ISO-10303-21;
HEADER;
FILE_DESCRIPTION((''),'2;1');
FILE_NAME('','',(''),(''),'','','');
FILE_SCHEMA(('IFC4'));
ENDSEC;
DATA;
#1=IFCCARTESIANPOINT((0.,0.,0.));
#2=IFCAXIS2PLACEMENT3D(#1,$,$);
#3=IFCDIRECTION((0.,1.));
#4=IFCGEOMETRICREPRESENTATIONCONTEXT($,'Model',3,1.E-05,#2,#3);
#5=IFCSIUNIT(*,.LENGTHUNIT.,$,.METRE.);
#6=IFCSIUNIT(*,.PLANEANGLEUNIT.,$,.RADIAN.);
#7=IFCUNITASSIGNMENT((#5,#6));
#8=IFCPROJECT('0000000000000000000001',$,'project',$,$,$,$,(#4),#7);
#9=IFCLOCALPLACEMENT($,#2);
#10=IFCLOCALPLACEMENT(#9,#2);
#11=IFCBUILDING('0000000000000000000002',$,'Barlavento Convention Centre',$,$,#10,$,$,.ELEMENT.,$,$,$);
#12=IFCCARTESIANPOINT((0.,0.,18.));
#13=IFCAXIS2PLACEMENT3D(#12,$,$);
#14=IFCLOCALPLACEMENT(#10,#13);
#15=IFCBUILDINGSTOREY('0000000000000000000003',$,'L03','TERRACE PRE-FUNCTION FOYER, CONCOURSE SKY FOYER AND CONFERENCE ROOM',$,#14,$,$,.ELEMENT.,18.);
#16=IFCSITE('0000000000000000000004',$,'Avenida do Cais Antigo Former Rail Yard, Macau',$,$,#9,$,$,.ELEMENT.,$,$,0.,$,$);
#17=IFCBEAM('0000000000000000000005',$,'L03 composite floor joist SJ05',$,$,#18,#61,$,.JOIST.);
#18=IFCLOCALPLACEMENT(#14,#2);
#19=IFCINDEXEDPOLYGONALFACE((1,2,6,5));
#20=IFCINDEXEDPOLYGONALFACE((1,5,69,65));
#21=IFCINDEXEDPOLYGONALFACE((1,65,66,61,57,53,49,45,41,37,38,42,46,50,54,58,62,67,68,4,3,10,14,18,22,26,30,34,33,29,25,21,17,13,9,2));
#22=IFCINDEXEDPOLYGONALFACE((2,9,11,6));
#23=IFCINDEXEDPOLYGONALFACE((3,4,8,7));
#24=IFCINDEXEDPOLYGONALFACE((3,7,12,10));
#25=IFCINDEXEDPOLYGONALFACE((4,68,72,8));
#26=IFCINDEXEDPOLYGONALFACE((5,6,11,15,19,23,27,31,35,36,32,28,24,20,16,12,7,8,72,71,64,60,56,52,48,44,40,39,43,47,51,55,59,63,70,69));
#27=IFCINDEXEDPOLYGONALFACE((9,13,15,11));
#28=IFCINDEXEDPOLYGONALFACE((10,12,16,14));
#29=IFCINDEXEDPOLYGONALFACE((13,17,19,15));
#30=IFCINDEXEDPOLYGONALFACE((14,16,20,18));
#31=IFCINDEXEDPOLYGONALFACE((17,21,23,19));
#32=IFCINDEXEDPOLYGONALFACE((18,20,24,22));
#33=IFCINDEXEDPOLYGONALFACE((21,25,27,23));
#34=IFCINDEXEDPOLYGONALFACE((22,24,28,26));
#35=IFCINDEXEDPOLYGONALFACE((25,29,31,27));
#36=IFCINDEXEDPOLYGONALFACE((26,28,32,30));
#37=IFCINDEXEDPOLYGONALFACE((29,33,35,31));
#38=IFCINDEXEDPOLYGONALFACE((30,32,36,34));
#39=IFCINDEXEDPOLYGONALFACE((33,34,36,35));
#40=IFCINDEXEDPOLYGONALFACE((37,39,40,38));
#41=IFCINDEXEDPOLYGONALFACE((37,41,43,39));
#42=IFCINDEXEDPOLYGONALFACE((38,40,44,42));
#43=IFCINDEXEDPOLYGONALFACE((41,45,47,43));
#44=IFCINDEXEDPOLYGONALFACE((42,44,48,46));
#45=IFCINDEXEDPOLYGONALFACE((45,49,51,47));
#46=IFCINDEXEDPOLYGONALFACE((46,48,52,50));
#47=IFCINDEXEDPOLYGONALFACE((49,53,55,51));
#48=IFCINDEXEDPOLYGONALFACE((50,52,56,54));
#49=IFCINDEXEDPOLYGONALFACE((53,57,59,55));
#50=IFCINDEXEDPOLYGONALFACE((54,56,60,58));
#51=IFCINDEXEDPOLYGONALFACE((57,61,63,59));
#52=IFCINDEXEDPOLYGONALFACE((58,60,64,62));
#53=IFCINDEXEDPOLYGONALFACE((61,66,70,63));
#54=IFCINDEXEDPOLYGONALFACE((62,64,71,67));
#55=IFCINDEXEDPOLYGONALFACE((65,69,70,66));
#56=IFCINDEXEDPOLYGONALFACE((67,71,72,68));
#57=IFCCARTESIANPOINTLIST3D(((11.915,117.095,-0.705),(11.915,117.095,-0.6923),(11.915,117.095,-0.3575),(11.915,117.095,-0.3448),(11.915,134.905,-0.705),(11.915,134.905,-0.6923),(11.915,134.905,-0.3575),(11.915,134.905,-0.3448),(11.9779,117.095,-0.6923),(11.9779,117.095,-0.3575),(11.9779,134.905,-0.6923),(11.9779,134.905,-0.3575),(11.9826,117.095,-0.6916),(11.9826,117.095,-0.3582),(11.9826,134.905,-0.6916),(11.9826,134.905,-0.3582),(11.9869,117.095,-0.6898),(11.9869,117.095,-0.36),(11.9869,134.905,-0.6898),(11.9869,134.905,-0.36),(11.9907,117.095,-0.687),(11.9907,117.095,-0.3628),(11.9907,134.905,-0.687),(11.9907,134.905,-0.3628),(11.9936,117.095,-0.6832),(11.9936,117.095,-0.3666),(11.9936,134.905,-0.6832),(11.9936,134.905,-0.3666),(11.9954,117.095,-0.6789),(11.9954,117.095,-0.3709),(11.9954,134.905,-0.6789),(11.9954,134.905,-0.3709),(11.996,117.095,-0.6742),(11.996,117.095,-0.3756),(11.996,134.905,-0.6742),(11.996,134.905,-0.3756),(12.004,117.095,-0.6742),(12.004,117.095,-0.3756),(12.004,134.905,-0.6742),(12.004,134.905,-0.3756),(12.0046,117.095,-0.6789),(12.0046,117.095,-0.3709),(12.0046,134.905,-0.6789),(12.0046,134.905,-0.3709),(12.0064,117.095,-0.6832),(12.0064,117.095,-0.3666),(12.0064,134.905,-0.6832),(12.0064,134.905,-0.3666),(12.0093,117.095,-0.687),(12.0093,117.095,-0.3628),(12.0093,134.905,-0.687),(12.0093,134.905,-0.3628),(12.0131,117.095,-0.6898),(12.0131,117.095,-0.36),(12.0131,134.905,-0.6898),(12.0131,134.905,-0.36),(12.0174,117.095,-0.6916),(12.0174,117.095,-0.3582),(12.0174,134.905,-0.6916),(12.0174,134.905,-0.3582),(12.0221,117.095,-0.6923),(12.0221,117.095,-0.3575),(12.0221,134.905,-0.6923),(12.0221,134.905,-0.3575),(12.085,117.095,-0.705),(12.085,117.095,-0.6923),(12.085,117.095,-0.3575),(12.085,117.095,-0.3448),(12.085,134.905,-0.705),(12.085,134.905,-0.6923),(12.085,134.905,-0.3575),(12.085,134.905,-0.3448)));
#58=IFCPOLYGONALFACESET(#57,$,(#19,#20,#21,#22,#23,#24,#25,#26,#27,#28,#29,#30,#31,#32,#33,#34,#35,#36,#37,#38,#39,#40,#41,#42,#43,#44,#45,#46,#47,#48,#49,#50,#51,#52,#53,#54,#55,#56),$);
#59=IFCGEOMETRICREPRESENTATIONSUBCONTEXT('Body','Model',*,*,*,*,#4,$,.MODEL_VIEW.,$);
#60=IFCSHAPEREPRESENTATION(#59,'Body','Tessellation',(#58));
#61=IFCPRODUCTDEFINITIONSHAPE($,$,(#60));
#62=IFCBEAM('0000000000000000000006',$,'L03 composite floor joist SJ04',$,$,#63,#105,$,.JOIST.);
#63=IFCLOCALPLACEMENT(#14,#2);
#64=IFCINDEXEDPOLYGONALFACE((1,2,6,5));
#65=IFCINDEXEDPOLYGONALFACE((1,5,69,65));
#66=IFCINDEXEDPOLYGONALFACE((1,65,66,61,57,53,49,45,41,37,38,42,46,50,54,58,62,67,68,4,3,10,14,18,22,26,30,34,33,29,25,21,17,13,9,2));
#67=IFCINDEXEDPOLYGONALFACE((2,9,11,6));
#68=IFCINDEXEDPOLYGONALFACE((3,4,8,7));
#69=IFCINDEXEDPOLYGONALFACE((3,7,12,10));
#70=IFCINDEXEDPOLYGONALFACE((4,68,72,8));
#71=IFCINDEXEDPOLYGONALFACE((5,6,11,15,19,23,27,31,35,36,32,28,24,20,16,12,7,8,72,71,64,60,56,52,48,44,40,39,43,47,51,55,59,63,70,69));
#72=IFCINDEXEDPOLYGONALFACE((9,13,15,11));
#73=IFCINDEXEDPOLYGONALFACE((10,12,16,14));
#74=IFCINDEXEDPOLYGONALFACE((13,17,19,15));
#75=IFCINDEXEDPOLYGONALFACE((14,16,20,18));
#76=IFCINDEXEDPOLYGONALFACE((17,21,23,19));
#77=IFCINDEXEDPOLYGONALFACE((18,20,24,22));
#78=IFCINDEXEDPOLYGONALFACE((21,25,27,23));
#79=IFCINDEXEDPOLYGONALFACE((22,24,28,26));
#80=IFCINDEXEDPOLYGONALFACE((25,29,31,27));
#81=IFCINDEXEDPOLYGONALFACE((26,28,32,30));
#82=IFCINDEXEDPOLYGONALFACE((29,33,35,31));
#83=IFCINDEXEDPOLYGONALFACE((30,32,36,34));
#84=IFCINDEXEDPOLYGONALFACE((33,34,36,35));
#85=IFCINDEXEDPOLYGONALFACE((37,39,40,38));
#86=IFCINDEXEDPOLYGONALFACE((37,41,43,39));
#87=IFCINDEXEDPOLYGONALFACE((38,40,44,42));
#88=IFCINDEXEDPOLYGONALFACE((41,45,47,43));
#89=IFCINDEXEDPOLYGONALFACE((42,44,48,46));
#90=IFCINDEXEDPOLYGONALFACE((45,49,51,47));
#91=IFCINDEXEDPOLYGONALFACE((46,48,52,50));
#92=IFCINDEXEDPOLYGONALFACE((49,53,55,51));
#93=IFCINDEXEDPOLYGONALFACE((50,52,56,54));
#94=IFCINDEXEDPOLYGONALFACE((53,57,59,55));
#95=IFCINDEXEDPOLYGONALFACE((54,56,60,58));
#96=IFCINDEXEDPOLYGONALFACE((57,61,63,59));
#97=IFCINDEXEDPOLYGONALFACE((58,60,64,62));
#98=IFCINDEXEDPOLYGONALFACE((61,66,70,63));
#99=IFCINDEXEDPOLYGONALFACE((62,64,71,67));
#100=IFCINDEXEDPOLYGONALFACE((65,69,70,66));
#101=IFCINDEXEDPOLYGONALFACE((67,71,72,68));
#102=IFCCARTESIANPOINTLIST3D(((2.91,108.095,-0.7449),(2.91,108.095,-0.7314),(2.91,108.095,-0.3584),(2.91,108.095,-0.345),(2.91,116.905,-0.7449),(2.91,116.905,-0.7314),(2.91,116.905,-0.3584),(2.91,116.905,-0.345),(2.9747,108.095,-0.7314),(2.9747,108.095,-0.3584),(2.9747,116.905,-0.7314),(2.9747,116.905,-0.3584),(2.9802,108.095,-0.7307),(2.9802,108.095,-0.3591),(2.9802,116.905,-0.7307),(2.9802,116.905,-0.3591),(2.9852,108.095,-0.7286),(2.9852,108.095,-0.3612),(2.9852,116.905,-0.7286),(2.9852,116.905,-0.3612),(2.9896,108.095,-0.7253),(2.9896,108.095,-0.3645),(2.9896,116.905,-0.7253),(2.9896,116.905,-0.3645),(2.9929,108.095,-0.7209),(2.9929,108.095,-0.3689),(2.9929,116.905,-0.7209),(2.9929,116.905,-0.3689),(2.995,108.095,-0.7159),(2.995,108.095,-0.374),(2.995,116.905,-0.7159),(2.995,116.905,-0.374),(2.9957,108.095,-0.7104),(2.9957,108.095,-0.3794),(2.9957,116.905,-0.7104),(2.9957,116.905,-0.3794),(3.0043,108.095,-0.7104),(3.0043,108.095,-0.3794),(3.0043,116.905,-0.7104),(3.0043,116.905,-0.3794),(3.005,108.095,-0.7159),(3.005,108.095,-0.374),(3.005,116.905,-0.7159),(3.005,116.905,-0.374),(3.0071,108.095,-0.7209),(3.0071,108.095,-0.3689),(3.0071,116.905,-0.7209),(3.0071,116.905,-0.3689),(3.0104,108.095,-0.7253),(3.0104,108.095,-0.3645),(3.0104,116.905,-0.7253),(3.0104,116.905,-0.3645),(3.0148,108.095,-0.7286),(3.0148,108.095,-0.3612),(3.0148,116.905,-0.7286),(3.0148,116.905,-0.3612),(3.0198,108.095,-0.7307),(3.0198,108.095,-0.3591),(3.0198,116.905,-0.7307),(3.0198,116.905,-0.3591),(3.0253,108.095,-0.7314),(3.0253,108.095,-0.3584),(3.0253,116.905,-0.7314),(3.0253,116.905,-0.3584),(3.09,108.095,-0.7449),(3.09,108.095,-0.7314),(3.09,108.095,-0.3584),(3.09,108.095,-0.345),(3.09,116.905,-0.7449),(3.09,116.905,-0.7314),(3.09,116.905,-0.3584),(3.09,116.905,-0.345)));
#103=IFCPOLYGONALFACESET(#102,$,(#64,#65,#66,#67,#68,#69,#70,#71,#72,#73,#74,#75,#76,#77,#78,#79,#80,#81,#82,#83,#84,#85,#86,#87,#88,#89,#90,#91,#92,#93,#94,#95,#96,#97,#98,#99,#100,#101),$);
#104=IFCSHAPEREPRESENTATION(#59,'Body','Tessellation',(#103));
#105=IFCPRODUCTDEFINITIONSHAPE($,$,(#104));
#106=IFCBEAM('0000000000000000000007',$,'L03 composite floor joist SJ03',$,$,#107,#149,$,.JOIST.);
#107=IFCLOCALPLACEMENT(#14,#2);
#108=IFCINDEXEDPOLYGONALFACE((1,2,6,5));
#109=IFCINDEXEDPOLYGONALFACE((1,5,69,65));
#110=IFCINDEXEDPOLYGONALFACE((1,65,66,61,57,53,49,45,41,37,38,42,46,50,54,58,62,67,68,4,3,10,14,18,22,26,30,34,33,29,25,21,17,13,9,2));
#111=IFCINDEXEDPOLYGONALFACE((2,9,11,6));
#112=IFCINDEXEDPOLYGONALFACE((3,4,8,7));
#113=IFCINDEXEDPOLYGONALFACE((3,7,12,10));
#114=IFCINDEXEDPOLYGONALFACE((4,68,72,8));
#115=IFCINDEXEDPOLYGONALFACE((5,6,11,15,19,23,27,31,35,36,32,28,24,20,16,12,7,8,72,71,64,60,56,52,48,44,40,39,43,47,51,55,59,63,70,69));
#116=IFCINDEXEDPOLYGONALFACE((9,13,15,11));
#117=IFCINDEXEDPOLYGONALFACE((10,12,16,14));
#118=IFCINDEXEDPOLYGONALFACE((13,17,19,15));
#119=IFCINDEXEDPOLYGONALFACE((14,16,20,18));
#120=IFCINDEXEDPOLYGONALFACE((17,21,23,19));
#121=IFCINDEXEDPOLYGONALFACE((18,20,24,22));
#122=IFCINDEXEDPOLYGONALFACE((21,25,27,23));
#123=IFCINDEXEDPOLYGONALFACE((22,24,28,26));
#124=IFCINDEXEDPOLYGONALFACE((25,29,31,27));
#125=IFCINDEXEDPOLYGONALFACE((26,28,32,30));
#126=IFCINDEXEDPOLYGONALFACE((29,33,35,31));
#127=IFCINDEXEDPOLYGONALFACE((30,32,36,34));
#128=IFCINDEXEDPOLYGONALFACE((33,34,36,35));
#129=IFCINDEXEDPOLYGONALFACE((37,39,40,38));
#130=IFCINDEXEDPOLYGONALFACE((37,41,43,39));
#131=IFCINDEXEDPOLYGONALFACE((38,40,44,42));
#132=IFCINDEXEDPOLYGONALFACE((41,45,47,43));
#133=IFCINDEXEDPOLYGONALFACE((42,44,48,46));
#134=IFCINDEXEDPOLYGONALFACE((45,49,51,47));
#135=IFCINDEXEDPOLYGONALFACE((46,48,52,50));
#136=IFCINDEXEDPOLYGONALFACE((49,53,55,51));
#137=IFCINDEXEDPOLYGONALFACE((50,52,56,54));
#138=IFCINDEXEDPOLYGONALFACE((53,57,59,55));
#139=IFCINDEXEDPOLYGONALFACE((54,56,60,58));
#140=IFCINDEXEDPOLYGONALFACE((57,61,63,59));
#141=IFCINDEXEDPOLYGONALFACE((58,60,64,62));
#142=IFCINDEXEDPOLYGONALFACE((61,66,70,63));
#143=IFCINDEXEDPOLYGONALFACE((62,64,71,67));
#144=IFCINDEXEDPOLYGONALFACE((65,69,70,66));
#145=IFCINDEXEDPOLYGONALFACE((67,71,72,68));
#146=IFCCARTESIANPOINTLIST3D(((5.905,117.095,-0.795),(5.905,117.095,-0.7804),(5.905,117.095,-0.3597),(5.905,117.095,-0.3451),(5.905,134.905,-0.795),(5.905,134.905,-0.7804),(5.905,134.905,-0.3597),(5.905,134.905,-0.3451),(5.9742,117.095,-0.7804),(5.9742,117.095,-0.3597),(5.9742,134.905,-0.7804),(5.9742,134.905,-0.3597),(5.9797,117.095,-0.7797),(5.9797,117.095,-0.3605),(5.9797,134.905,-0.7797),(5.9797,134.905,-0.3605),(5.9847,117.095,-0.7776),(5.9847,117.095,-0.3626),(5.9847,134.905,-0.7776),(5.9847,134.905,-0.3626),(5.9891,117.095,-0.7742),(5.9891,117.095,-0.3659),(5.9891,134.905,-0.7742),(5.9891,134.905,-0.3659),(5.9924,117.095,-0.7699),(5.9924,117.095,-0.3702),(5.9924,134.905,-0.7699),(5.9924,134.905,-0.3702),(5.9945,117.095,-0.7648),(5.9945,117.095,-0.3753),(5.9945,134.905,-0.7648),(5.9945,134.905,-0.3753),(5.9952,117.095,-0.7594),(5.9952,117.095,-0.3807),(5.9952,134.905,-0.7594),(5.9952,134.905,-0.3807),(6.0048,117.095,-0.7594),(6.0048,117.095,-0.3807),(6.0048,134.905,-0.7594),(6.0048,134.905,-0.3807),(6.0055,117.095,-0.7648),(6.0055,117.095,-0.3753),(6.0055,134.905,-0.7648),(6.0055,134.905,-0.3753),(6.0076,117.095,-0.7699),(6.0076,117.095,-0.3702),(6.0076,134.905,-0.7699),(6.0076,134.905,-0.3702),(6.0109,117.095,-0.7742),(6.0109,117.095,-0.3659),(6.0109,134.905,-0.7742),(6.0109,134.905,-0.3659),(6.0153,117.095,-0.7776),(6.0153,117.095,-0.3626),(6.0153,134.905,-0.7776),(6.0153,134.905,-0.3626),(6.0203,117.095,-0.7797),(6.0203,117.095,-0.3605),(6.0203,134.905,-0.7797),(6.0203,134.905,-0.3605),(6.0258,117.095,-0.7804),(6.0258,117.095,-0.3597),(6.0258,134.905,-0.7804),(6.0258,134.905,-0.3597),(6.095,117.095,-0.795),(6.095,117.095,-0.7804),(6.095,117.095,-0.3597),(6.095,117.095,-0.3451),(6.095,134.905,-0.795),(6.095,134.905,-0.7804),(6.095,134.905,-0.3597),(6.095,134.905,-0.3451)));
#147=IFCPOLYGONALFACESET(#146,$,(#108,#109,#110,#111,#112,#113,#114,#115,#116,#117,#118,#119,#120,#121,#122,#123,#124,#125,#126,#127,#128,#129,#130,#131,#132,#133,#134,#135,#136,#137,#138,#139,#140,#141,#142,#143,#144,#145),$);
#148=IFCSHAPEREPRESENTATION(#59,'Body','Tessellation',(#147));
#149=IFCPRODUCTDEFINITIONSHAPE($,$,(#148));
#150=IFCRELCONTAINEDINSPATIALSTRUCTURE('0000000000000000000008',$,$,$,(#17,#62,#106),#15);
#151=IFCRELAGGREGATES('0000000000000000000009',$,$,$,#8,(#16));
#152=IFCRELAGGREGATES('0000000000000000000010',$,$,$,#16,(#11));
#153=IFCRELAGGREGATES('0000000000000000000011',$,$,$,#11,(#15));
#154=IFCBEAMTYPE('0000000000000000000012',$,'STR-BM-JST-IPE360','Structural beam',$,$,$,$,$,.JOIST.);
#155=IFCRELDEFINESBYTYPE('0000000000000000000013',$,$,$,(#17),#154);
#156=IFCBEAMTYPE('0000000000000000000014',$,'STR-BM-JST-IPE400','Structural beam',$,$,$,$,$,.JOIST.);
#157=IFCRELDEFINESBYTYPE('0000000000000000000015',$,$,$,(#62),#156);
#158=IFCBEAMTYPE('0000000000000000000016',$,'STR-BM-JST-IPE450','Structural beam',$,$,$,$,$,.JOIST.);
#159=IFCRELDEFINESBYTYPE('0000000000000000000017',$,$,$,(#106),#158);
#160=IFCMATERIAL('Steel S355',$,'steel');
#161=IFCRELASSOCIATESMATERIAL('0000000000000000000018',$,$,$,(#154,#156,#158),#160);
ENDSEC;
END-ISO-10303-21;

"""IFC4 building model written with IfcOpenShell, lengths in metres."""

from ifc_helpers import new_model, si_unit, direction, frame, origin, origin_2d, place, context, subcontext, project, spatial, i_section, extrude, material, material_profile, profile_set, type_object, element, save


model = new_model("IFC4")

# Units and contexts
model_context = context("Model", 3, precision=1e-05, world=origin(), true_north=direction((0.0, 1.0)))
body_context = subcontext(model_context, "Body", "Model", "MODEL_VIEW")
ifc_project = project(units=[si_unit("LENGTHUNIT", "METRE"), si_unit("PLANEANGLEUNIT", "RADIAN")], contexts=[model_context])

# Site, building, storey
site_placement = place(None, origin())
site = spatial("IfcSite", under=ifc_project, at=site_placement, Name="Avenida do Cais Antigo Former Rail Yard, Macau", CompositionType="ELEMENT", RefElevation=0.0)
building_placement = place(site_placement, origin())
building = spatial("IfcBuilding", under=site, at=building_placement, Name="Barlavento Convention Centre", CompositionType="ELEMENT")
storey_placement = place(building_placement, frame((0.0, 0.0, 18.0)))
storey = spatial("IfcBuildingStorey", under=building, at=storey_placement, Name="L03", Description="TERRACE PRE-FUNCTION FOYER, CONCOURSE SKY FOYER AND CONFERENCE ROOM", CompositionType="ELEMENT", Elevation=18.0)

# Beams
ifc_material_1 = material(Name="Steel S355", Category="steel")
ifc_material_profile_1 = material_profile(ifc_material_1, i_section(OverallWidth=0.1699, OverallDepth=0.3601, WebThickness=0.0081, FlangeThickness=0.0127, FilletRadius=0.0181, at=origin_2d()), Name="IPE 360")
ifc_profile_set_1 = profile_set([ifc_material_profile_1], Name="Steel S355")
beam_type_1 = type_object("IfcBeamType", Name="STR-BM-JST-IPE360", Description="Structural beam", PredefinedType="JOIST", material=ifc_profile_set_1)
beam_1_placement = place(storey_placement, frame((12.0, 117.095, -0.5249), z_axis=(0.0, 1.0, 0.0), x_axis=(-1.0, 0.0, 0.0)))
element("IfcBeam", 1, at=beam_1_placement, inside=storey, type_object=beam_type_1, Name="L03 composite floor joist SJ05", PredefinedType="JOIST", context=body_context, shape_type="SweptSolid", body=[
    extrude(i_section(OverallWidth=0.1699, OverallDepth=0.3601, WebThickness=0.0081, FlangeThickness=0.0127, FilletRadius=0.0181, at=origin_2d()), origin(), (0.0, 0.0, 1.0), 17.8101),
])
ifc_material_profile_2 = material_profile(ifc_material_1, i_section(OverallWidth=0.1799, OverallDepth=0.3999, WebThickness=0.0085, FlangeThickness=0.0134, FilletRadius=0.021, at=origin_2d()), Name="IPE 400")
ifc_profile_set_2 = profile_set([ifc_material_profile_2], Name="Steel S355")
beam_type_2 = type_object("IfcBeamType", Name="STR-BM-JST-IPE400", Description="Structural beam", PredefinedType="JOIST", material=ifc_profile_set_2)
beam_2_placement = place(storey_placement, frame((3.0, 108.095, -0.5449), z_axis=(0.0, 1.0, 0.0), x_axis=(-1.0, 0.0, 0.0)))
element("IfcBeam", 2, at=beam_2_placement, inside=storey, type_object=beam_type_2, Name="L03 composite floor joist SJ04", PredefinedType="JOIST", context=body_context, shape_type="SweptSolid", body=[
    extrude(i_section(OverallWidth=0.1799, OverallDepth=0.3999, WebThickness=0.0085, FlangeThickness=0.0134, FilletRadius=0.021, at=origin_2d()), origin(), (0.0, 0.0, 1.0), 8.8101),
])
ifc_material_profile_3 = material_profile(ifc_material_1, i_section(OverallWidth=0.1899, OverallDepth=0.45, WebThickness=0.0095, FlangeThickness=0.0146, FilletRadius=0.021, at=origin_2d()), Name="IPE 450")
ifc_profile_set_3 = profile_set([ifc_material_profile_3], Name="Steel S355")
beam_type_3 = type_object("IfcBeamType", Name="STR-BM-JST-IPE450", Description="Structural beam", PredefinedType="JOIST", material=ifc_profile_set_3)
beam_3_placement = place(storey_placement, frame((6.0, 117.095, -0.5701), z_axis=(0.0, 1.0, 0.0), x_axis=(-1.0, 0.0, 0.0)))
element("IfcBeam", 3, at=beam_3_placement, inside=storey, type_object=beam_type_3, Name="L03 composite floor joist SJ03", PredefinedType="JOIST", context=body_context, shape_type="SweptSolid", body=[
    extrude(i_section(OverallWidth=0.1899, OverallDepth=0.45, WebThickness=0.0095, FlangeThickness=0.0146, FilletRadius=0.021, at=origin_2d()), origin(), (0.0, 0.0, 1.0), 17.8101),
])

save(model, "model.ifc")
